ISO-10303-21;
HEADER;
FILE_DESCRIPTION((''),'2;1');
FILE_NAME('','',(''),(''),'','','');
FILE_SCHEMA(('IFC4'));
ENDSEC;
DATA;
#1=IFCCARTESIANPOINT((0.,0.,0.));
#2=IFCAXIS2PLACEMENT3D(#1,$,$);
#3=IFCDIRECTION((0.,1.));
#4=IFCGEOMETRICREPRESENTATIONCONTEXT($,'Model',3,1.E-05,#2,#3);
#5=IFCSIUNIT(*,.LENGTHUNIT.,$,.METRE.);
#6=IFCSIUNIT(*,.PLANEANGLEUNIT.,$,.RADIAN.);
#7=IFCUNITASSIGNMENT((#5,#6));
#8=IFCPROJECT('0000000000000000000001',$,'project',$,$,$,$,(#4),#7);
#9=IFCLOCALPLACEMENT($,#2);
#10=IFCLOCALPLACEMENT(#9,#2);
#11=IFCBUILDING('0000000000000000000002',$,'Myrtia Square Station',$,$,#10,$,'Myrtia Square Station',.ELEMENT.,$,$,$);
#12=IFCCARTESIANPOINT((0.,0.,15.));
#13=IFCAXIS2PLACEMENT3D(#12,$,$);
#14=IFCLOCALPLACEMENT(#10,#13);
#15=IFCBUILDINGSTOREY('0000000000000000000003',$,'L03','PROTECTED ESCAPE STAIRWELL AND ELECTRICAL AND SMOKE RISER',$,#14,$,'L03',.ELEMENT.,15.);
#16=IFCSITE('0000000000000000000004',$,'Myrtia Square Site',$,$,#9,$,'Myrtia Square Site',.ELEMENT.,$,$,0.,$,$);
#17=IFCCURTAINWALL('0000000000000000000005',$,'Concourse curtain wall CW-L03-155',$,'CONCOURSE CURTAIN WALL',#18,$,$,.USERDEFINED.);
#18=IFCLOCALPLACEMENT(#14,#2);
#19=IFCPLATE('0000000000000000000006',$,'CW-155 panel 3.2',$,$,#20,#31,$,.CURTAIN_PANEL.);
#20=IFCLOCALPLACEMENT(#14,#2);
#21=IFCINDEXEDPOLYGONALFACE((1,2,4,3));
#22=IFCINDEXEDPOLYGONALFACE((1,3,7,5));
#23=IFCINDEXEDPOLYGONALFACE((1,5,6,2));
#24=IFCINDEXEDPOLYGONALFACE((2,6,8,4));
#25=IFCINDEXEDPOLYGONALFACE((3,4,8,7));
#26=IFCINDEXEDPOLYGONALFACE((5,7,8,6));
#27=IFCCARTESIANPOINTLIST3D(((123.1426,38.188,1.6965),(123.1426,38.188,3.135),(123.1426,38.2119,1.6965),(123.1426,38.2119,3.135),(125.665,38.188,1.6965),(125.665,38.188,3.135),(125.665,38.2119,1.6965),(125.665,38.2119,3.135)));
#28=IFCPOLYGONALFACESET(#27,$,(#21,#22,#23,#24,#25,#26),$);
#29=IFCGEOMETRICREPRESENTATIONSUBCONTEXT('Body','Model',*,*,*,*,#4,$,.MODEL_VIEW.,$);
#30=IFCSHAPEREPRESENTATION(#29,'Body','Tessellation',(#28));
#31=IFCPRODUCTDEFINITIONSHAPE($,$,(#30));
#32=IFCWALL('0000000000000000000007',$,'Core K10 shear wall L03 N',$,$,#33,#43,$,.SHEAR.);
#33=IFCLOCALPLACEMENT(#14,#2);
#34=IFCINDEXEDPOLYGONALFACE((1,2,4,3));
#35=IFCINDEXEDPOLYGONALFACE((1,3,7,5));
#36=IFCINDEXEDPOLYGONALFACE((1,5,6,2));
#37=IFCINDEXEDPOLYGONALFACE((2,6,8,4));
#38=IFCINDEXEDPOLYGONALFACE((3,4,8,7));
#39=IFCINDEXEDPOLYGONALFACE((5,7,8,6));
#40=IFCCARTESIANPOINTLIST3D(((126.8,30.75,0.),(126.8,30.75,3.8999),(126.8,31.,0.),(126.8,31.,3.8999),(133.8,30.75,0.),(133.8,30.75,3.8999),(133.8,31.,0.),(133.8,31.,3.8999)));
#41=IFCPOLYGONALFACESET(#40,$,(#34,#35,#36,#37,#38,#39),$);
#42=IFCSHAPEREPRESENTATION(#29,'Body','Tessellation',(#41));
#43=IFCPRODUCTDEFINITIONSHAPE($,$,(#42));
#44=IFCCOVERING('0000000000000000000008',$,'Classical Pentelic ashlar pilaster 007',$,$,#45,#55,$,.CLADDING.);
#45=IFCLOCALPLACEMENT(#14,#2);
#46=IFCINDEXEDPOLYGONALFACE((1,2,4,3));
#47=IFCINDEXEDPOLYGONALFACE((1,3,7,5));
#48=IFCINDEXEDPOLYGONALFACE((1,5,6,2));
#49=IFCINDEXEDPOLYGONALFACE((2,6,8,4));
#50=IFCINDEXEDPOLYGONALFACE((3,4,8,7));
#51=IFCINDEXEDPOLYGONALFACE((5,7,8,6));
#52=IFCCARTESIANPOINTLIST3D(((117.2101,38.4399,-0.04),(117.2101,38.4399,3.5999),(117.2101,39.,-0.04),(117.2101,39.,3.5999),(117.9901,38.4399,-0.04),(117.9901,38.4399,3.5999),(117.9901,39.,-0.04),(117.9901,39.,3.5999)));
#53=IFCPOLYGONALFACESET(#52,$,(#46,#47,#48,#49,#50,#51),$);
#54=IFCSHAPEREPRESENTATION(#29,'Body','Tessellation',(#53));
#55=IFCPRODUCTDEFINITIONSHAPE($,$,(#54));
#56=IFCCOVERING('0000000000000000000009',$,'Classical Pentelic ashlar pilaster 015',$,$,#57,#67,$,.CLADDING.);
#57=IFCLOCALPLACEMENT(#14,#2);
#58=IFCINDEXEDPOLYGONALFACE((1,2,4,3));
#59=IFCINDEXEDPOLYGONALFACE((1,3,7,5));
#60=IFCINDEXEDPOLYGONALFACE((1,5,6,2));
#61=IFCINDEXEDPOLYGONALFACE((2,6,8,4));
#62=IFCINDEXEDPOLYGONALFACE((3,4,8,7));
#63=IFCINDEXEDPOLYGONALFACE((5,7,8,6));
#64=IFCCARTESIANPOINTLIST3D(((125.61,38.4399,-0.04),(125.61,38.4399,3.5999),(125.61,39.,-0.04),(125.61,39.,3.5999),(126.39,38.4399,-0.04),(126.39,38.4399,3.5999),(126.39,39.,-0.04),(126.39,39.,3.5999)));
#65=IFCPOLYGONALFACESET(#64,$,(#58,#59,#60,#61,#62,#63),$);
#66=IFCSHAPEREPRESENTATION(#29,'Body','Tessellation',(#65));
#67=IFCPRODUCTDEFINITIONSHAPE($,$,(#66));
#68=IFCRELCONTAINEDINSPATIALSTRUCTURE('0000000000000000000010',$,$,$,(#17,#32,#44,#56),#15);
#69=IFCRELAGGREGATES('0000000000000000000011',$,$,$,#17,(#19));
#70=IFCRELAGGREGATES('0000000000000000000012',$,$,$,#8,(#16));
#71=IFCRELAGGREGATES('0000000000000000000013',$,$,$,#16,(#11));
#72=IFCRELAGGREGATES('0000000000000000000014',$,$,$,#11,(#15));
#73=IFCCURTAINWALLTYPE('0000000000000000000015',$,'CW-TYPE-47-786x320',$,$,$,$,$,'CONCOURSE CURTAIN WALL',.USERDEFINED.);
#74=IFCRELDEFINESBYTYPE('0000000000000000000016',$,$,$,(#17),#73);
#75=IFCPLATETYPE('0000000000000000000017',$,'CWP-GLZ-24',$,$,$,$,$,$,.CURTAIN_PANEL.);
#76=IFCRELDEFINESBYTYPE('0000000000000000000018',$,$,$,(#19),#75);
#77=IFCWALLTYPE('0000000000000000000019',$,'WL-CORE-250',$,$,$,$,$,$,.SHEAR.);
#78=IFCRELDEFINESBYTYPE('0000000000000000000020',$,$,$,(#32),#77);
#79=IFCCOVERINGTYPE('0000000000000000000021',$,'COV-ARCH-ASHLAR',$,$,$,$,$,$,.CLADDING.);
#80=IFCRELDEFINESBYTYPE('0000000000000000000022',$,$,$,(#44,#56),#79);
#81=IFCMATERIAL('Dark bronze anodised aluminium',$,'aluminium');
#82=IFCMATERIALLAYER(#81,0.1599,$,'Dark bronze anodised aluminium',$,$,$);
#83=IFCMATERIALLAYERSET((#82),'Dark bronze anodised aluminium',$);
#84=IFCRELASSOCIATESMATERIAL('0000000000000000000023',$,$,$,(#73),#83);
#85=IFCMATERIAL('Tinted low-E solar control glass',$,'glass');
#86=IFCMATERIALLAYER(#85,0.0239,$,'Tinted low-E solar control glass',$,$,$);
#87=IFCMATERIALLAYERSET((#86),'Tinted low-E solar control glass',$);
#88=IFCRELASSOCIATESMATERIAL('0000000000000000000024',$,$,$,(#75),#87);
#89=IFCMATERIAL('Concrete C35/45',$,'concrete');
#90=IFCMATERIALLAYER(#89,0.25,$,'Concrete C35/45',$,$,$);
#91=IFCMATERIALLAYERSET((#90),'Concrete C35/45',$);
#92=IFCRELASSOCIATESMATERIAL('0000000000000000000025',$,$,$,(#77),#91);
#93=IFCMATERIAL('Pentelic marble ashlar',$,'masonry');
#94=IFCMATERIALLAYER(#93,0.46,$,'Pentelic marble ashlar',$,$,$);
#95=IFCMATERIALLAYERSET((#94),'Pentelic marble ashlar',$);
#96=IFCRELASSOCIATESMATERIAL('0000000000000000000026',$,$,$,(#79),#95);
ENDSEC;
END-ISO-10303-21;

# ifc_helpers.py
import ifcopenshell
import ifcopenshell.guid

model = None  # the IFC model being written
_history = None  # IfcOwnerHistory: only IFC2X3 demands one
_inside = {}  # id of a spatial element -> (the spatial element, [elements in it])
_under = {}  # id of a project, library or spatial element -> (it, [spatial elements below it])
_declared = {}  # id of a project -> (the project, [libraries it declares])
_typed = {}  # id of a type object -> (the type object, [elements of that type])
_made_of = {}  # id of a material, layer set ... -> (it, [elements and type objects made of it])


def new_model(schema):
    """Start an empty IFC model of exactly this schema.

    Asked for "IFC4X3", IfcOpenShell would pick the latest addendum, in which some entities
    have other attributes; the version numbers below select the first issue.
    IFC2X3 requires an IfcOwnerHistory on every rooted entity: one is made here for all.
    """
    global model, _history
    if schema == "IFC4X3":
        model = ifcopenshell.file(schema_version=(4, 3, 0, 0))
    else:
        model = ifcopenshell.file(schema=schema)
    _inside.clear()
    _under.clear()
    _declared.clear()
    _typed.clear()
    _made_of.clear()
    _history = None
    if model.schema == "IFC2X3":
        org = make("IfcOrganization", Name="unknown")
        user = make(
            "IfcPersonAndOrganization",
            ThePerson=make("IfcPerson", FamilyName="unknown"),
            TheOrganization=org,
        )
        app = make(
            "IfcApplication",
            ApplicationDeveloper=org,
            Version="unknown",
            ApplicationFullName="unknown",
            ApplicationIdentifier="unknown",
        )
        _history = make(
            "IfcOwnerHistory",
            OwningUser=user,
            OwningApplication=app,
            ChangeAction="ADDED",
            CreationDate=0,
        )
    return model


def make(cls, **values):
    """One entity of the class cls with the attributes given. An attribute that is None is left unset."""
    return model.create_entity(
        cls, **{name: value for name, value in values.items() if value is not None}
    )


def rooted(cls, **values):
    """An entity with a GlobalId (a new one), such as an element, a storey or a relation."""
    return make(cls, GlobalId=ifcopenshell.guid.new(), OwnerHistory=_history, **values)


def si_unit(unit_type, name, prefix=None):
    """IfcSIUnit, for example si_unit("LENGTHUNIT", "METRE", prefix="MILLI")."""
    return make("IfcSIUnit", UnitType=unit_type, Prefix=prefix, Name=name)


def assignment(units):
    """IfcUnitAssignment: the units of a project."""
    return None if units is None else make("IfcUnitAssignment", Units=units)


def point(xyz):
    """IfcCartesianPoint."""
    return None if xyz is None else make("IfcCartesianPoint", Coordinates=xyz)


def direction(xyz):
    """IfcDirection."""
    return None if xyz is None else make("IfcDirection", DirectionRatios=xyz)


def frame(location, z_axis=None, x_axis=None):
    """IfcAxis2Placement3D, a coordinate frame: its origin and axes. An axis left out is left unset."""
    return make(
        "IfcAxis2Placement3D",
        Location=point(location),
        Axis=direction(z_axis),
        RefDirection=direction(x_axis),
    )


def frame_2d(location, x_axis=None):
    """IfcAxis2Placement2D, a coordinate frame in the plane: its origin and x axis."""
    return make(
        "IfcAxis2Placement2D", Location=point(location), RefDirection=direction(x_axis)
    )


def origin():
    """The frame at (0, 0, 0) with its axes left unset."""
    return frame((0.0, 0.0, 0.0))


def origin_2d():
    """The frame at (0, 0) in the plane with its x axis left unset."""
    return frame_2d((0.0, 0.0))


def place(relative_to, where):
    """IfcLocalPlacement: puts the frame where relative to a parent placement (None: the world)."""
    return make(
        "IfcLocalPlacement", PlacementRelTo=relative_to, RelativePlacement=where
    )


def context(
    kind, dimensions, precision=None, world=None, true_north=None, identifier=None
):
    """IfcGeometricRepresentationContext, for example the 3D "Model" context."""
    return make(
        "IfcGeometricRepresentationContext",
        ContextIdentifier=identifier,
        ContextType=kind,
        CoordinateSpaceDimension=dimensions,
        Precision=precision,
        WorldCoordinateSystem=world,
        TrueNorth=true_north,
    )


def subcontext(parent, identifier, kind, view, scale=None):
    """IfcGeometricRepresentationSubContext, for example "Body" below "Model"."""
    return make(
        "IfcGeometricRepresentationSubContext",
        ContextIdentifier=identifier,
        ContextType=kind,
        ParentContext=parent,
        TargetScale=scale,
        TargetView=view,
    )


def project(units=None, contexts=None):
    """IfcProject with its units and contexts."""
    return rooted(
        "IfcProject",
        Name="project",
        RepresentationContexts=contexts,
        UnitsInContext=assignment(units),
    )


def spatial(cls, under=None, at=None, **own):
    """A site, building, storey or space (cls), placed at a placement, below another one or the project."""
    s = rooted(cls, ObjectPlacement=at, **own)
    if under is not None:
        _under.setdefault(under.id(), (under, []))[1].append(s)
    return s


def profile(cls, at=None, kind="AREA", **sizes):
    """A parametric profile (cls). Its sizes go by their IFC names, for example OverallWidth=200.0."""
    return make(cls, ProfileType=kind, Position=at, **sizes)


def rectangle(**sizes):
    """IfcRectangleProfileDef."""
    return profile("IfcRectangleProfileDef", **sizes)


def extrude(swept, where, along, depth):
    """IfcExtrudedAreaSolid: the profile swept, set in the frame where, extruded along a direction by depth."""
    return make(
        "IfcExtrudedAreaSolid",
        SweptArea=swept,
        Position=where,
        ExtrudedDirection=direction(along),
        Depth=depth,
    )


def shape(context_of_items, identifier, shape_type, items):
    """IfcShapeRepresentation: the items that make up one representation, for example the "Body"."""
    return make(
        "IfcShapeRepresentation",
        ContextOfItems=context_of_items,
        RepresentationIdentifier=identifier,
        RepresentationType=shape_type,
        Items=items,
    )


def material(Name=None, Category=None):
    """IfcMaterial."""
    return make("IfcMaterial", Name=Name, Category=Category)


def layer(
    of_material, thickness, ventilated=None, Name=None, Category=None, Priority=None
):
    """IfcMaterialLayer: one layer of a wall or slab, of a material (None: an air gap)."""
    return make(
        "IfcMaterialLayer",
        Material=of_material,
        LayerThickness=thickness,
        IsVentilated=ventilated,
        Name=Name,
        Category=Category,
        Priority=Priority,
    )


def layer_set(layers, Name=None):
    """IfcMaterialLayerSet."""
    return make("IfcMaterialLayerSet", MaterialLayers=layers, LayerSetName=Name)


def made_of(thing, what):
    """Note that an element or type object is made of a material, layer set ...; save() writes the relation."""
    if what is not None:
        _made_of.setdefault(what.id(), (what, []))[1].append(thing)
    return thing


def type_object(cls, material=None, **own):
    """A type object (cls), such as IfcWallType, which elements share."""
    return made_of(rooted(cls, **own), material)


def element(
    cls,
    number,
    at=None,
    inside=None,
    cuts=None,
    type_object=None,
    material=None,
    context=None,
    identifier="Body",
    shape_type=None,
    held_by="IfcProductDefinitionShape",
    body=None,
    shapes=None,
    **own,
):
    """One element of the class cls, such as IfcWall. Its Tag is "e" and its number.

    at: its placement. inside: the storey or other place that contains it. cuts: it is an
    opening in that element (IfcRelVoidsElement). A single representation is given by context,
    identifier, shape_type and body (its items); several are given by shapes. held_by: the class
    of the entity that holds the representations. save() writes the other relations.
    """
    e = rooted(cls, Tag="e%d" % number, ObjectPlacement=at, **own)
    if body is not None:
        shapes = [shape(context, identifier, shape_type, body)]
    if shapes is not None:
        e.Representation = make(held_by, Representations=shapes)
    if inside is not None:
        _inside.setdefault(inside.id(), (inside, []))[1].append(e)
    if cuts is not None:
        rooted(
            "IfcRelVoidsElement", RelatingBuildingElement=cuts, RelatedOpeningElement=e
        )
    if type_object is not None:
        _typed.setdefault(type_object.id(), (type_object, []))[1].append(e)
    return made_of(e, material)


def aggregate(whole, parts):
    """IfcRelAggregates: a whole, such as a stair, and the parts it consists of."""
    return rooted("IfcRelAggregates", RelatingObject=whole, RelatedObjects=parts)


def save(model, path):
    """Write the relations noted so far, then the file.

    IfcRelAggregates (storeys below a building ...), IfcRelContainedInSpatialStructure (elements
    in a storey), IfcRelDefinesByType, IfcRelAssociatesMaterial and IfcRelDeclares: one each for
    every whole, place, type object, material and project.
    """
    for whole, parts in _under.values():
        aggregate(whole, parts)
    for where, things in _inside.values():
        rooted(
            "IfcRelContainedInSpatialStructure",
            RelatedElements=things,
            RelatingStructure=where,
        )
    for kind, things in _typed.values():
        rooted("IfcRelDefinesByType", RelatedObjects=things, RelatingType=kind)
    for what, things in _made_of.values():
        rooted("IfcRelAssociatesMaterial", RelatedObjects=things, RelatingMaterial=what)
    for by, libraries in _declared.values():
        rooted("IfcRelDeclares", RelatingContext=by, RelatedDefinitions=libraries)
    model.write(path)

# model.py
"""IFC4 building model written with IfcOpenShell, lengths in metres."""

from ifc_helpers import new_model, si_unit, direction, frame, frame_2d, origin, origin_2d, place, context, subcontext, project, spatial, rectangle, extrude, material, layer, layer_set, type_object, element, aggregate, save


model = new_model("IFC4")

# Units and contexts
model_context = context("Model", 3, precision=1e-05, world=origin(), true_north=direction((0.0, 1.0)))
body_context = subcontext(model_context, "Body", "Model", "MODEL_VIEW")
ifc_project = project(units=[si_unit("LENGTHUNIT", "METRE"), si_unit("PLANEANGLEUNIT", "RADIAN")], contexts=[model_context])

# Site, building, storey
site_placement = place(None, origin())
site = spatial("IfcSite", under=ifc_project, at=site_placement, Name="Myrtia Square Site", LongName="Myrtia Square Site", CompositionType="ELEMENT", RefElevation=0.0)
building_placement = place(site_placement, origin())
building = spatial("IfcBuilding", under=site, at=building_placement, Name="Myrtia Square Station", LongName="Myrtia Square Station", CompositionType="ELEMENT")
storey_placement = place(building_placement, frame((0.0, 0.0, 15.0)))
storey = spatial("IfcBuildingStorey", under=building, at=storey_placement, Name="L03", Description="PROTECTED ESCAPE STAIRWELL AND ELECTRICAL AND SMOKE RISER", LongName="L03", CompositionType="ELEMENT", Elevation=15.0)

# Curtain wall
ifc_material_1 = material(Name="Dark bronze anodised aluminium", Category="aluminium")
ifc_layer_1 = layer(ifc_material_1, 0.1599, Name="Dark bronze anodised aluminium")
ifc_layer_set_1 = layer_set([ifc_layer_1], Name="Dark bronze anodised aluminium")
curtain_wall_type_1 = type_object("IfcCurtainWallType", Name="CW-TYPE-47-786x320", ElementType="CONCOURSE CURTAIN WALL", PredefinedType="USERDEFINED", material=ifc_layer_set_1)
curtain_wall_1_placement = place(storey_placement, origin())
curtain_wall_1 = element("IfcCurtainWall", 1, at=curtain_wall_1_placement, inside=storey, type_object=curtain_wall_type_1, Name="Concourse curtain wall CW-L03-155", ObjectType="CONCOURSE CURTAIN WALL", PredefinedType="USERDEFINED")

# Plate
ifc_material_2 = material(Name="Tinted low-E solar control glass", Category="glass")
ifc_layer_2 = layer(ifc_material_2, 0.0239, Name="Tinted low-E solar control glass")
ifc_layer_set_2 = layer_set([ifc_layer_2], Name="Tinted low-E solar control glass")
plate_type = type_object("IfcPlateType", Name="CWP-GLZ-24", PredefinedType="CURTAIN_PANEL", material=ifc_layer_set_2)
plate_1_placement = place(storey_placement, frame((124.4038, 38.2, 1.6965), z_axis=(0.0, 0.0, 1.0), x_axis=(1.0, 0.0, 0.0)))
plate_1 = element("IfcPlate", 2, at=plate_1_placement, type_object=plate_type, Name="CW-155 panel 3.2", PredefinedType="CURTAIN_PANEL", context=body_context, shape_type="SweptSolid", body=[
    extrude(rectangle(XDim=2.5225, YDim=0.0239, at=origin_2d()), origin(), (0.0, 0.0, 1.0), 1.4385),
])
aggregate(curtain_wall_1, [plate_1])

# Wall
ifc_material_3 = material(Name="Concrete C35/45", Category="concrete")
ifc_layer_3 = layer(ifc_material_3, 0.25, Name="Concrete C35/45")
ifc_layer_set_3 = layer_set([ifc_layer_3], Name="Concrete C35/45")
wall_type = type_object("IfcWallType", Name="WL-CORE-250", PredefinedType="SHEAR", material=ifc_layer_set_3)
wall_placement = place(storey_placement, frame((126.8, 30.875, 0.0), z_axis=(0.0, 0.0, 1.0), x_axis=(1.0, 0.0, 0.0)))
element("IfcWall", 3, at=wall_placement, inside=storey, type_object=wall_type, Name="Core K10 shear wall L03 N", PredefinedType="SHEAR", context=body_context, shape_type="SweptSolid", body=[
    extrude(rectangle(XDim=7.0, YDim=0.25, at=frame_2d((3.5, 0.0))), origin(), (0.0, 0.0, 1.0), 3.8999),
])

# Coverings
ifc_material_4 = material(Name="Pentelic marble ashlar", Category="masonry")
ifc_layer_4 = layer(ifc_material_4, 0.46, Name="Pentelic marble ashlar")
ifc_layer_set_4 = layer_set([ifc_layer_4], Name="Pentelic marble ashlar")
covering_type = type_object("IfcCoveringType", Name="COV-ARCH-ASHLAR", PredefinedType="CLADDING", material=ifc_layer_set_4)
for number, where, z_axis, x_axis, name in (
    (4, (117.6001, 38.72, -0.04), (0.0, 0.0, 1.0), (1.0, 0.0, 0.0), "Classical Pentelic ashlar pilaster 007"),
    (5, (126.0, 38.72, -0.04), (0.0, 0.0, 1.0), (1.0, 0.0, 0.0), "Classical Pentelic ashlar pilaster 015"),
):
    element("IfcCovering", number, at=place(storey_placement, frame(where, z_axis=z_axis, x_axis=x_axis)), inside=storey, type_object=covering_type, Name=name, PredefinedType="CLADDING", context=body_context, shape_type="SweptSolid", body=[
        extrude(rectangle(XDim=0.78, YDim=0.5601, at=origin_2d()), origin(), (0.0, 0.0, 1.0), 3.6399),
    ])

save(model, "model.ifc")
